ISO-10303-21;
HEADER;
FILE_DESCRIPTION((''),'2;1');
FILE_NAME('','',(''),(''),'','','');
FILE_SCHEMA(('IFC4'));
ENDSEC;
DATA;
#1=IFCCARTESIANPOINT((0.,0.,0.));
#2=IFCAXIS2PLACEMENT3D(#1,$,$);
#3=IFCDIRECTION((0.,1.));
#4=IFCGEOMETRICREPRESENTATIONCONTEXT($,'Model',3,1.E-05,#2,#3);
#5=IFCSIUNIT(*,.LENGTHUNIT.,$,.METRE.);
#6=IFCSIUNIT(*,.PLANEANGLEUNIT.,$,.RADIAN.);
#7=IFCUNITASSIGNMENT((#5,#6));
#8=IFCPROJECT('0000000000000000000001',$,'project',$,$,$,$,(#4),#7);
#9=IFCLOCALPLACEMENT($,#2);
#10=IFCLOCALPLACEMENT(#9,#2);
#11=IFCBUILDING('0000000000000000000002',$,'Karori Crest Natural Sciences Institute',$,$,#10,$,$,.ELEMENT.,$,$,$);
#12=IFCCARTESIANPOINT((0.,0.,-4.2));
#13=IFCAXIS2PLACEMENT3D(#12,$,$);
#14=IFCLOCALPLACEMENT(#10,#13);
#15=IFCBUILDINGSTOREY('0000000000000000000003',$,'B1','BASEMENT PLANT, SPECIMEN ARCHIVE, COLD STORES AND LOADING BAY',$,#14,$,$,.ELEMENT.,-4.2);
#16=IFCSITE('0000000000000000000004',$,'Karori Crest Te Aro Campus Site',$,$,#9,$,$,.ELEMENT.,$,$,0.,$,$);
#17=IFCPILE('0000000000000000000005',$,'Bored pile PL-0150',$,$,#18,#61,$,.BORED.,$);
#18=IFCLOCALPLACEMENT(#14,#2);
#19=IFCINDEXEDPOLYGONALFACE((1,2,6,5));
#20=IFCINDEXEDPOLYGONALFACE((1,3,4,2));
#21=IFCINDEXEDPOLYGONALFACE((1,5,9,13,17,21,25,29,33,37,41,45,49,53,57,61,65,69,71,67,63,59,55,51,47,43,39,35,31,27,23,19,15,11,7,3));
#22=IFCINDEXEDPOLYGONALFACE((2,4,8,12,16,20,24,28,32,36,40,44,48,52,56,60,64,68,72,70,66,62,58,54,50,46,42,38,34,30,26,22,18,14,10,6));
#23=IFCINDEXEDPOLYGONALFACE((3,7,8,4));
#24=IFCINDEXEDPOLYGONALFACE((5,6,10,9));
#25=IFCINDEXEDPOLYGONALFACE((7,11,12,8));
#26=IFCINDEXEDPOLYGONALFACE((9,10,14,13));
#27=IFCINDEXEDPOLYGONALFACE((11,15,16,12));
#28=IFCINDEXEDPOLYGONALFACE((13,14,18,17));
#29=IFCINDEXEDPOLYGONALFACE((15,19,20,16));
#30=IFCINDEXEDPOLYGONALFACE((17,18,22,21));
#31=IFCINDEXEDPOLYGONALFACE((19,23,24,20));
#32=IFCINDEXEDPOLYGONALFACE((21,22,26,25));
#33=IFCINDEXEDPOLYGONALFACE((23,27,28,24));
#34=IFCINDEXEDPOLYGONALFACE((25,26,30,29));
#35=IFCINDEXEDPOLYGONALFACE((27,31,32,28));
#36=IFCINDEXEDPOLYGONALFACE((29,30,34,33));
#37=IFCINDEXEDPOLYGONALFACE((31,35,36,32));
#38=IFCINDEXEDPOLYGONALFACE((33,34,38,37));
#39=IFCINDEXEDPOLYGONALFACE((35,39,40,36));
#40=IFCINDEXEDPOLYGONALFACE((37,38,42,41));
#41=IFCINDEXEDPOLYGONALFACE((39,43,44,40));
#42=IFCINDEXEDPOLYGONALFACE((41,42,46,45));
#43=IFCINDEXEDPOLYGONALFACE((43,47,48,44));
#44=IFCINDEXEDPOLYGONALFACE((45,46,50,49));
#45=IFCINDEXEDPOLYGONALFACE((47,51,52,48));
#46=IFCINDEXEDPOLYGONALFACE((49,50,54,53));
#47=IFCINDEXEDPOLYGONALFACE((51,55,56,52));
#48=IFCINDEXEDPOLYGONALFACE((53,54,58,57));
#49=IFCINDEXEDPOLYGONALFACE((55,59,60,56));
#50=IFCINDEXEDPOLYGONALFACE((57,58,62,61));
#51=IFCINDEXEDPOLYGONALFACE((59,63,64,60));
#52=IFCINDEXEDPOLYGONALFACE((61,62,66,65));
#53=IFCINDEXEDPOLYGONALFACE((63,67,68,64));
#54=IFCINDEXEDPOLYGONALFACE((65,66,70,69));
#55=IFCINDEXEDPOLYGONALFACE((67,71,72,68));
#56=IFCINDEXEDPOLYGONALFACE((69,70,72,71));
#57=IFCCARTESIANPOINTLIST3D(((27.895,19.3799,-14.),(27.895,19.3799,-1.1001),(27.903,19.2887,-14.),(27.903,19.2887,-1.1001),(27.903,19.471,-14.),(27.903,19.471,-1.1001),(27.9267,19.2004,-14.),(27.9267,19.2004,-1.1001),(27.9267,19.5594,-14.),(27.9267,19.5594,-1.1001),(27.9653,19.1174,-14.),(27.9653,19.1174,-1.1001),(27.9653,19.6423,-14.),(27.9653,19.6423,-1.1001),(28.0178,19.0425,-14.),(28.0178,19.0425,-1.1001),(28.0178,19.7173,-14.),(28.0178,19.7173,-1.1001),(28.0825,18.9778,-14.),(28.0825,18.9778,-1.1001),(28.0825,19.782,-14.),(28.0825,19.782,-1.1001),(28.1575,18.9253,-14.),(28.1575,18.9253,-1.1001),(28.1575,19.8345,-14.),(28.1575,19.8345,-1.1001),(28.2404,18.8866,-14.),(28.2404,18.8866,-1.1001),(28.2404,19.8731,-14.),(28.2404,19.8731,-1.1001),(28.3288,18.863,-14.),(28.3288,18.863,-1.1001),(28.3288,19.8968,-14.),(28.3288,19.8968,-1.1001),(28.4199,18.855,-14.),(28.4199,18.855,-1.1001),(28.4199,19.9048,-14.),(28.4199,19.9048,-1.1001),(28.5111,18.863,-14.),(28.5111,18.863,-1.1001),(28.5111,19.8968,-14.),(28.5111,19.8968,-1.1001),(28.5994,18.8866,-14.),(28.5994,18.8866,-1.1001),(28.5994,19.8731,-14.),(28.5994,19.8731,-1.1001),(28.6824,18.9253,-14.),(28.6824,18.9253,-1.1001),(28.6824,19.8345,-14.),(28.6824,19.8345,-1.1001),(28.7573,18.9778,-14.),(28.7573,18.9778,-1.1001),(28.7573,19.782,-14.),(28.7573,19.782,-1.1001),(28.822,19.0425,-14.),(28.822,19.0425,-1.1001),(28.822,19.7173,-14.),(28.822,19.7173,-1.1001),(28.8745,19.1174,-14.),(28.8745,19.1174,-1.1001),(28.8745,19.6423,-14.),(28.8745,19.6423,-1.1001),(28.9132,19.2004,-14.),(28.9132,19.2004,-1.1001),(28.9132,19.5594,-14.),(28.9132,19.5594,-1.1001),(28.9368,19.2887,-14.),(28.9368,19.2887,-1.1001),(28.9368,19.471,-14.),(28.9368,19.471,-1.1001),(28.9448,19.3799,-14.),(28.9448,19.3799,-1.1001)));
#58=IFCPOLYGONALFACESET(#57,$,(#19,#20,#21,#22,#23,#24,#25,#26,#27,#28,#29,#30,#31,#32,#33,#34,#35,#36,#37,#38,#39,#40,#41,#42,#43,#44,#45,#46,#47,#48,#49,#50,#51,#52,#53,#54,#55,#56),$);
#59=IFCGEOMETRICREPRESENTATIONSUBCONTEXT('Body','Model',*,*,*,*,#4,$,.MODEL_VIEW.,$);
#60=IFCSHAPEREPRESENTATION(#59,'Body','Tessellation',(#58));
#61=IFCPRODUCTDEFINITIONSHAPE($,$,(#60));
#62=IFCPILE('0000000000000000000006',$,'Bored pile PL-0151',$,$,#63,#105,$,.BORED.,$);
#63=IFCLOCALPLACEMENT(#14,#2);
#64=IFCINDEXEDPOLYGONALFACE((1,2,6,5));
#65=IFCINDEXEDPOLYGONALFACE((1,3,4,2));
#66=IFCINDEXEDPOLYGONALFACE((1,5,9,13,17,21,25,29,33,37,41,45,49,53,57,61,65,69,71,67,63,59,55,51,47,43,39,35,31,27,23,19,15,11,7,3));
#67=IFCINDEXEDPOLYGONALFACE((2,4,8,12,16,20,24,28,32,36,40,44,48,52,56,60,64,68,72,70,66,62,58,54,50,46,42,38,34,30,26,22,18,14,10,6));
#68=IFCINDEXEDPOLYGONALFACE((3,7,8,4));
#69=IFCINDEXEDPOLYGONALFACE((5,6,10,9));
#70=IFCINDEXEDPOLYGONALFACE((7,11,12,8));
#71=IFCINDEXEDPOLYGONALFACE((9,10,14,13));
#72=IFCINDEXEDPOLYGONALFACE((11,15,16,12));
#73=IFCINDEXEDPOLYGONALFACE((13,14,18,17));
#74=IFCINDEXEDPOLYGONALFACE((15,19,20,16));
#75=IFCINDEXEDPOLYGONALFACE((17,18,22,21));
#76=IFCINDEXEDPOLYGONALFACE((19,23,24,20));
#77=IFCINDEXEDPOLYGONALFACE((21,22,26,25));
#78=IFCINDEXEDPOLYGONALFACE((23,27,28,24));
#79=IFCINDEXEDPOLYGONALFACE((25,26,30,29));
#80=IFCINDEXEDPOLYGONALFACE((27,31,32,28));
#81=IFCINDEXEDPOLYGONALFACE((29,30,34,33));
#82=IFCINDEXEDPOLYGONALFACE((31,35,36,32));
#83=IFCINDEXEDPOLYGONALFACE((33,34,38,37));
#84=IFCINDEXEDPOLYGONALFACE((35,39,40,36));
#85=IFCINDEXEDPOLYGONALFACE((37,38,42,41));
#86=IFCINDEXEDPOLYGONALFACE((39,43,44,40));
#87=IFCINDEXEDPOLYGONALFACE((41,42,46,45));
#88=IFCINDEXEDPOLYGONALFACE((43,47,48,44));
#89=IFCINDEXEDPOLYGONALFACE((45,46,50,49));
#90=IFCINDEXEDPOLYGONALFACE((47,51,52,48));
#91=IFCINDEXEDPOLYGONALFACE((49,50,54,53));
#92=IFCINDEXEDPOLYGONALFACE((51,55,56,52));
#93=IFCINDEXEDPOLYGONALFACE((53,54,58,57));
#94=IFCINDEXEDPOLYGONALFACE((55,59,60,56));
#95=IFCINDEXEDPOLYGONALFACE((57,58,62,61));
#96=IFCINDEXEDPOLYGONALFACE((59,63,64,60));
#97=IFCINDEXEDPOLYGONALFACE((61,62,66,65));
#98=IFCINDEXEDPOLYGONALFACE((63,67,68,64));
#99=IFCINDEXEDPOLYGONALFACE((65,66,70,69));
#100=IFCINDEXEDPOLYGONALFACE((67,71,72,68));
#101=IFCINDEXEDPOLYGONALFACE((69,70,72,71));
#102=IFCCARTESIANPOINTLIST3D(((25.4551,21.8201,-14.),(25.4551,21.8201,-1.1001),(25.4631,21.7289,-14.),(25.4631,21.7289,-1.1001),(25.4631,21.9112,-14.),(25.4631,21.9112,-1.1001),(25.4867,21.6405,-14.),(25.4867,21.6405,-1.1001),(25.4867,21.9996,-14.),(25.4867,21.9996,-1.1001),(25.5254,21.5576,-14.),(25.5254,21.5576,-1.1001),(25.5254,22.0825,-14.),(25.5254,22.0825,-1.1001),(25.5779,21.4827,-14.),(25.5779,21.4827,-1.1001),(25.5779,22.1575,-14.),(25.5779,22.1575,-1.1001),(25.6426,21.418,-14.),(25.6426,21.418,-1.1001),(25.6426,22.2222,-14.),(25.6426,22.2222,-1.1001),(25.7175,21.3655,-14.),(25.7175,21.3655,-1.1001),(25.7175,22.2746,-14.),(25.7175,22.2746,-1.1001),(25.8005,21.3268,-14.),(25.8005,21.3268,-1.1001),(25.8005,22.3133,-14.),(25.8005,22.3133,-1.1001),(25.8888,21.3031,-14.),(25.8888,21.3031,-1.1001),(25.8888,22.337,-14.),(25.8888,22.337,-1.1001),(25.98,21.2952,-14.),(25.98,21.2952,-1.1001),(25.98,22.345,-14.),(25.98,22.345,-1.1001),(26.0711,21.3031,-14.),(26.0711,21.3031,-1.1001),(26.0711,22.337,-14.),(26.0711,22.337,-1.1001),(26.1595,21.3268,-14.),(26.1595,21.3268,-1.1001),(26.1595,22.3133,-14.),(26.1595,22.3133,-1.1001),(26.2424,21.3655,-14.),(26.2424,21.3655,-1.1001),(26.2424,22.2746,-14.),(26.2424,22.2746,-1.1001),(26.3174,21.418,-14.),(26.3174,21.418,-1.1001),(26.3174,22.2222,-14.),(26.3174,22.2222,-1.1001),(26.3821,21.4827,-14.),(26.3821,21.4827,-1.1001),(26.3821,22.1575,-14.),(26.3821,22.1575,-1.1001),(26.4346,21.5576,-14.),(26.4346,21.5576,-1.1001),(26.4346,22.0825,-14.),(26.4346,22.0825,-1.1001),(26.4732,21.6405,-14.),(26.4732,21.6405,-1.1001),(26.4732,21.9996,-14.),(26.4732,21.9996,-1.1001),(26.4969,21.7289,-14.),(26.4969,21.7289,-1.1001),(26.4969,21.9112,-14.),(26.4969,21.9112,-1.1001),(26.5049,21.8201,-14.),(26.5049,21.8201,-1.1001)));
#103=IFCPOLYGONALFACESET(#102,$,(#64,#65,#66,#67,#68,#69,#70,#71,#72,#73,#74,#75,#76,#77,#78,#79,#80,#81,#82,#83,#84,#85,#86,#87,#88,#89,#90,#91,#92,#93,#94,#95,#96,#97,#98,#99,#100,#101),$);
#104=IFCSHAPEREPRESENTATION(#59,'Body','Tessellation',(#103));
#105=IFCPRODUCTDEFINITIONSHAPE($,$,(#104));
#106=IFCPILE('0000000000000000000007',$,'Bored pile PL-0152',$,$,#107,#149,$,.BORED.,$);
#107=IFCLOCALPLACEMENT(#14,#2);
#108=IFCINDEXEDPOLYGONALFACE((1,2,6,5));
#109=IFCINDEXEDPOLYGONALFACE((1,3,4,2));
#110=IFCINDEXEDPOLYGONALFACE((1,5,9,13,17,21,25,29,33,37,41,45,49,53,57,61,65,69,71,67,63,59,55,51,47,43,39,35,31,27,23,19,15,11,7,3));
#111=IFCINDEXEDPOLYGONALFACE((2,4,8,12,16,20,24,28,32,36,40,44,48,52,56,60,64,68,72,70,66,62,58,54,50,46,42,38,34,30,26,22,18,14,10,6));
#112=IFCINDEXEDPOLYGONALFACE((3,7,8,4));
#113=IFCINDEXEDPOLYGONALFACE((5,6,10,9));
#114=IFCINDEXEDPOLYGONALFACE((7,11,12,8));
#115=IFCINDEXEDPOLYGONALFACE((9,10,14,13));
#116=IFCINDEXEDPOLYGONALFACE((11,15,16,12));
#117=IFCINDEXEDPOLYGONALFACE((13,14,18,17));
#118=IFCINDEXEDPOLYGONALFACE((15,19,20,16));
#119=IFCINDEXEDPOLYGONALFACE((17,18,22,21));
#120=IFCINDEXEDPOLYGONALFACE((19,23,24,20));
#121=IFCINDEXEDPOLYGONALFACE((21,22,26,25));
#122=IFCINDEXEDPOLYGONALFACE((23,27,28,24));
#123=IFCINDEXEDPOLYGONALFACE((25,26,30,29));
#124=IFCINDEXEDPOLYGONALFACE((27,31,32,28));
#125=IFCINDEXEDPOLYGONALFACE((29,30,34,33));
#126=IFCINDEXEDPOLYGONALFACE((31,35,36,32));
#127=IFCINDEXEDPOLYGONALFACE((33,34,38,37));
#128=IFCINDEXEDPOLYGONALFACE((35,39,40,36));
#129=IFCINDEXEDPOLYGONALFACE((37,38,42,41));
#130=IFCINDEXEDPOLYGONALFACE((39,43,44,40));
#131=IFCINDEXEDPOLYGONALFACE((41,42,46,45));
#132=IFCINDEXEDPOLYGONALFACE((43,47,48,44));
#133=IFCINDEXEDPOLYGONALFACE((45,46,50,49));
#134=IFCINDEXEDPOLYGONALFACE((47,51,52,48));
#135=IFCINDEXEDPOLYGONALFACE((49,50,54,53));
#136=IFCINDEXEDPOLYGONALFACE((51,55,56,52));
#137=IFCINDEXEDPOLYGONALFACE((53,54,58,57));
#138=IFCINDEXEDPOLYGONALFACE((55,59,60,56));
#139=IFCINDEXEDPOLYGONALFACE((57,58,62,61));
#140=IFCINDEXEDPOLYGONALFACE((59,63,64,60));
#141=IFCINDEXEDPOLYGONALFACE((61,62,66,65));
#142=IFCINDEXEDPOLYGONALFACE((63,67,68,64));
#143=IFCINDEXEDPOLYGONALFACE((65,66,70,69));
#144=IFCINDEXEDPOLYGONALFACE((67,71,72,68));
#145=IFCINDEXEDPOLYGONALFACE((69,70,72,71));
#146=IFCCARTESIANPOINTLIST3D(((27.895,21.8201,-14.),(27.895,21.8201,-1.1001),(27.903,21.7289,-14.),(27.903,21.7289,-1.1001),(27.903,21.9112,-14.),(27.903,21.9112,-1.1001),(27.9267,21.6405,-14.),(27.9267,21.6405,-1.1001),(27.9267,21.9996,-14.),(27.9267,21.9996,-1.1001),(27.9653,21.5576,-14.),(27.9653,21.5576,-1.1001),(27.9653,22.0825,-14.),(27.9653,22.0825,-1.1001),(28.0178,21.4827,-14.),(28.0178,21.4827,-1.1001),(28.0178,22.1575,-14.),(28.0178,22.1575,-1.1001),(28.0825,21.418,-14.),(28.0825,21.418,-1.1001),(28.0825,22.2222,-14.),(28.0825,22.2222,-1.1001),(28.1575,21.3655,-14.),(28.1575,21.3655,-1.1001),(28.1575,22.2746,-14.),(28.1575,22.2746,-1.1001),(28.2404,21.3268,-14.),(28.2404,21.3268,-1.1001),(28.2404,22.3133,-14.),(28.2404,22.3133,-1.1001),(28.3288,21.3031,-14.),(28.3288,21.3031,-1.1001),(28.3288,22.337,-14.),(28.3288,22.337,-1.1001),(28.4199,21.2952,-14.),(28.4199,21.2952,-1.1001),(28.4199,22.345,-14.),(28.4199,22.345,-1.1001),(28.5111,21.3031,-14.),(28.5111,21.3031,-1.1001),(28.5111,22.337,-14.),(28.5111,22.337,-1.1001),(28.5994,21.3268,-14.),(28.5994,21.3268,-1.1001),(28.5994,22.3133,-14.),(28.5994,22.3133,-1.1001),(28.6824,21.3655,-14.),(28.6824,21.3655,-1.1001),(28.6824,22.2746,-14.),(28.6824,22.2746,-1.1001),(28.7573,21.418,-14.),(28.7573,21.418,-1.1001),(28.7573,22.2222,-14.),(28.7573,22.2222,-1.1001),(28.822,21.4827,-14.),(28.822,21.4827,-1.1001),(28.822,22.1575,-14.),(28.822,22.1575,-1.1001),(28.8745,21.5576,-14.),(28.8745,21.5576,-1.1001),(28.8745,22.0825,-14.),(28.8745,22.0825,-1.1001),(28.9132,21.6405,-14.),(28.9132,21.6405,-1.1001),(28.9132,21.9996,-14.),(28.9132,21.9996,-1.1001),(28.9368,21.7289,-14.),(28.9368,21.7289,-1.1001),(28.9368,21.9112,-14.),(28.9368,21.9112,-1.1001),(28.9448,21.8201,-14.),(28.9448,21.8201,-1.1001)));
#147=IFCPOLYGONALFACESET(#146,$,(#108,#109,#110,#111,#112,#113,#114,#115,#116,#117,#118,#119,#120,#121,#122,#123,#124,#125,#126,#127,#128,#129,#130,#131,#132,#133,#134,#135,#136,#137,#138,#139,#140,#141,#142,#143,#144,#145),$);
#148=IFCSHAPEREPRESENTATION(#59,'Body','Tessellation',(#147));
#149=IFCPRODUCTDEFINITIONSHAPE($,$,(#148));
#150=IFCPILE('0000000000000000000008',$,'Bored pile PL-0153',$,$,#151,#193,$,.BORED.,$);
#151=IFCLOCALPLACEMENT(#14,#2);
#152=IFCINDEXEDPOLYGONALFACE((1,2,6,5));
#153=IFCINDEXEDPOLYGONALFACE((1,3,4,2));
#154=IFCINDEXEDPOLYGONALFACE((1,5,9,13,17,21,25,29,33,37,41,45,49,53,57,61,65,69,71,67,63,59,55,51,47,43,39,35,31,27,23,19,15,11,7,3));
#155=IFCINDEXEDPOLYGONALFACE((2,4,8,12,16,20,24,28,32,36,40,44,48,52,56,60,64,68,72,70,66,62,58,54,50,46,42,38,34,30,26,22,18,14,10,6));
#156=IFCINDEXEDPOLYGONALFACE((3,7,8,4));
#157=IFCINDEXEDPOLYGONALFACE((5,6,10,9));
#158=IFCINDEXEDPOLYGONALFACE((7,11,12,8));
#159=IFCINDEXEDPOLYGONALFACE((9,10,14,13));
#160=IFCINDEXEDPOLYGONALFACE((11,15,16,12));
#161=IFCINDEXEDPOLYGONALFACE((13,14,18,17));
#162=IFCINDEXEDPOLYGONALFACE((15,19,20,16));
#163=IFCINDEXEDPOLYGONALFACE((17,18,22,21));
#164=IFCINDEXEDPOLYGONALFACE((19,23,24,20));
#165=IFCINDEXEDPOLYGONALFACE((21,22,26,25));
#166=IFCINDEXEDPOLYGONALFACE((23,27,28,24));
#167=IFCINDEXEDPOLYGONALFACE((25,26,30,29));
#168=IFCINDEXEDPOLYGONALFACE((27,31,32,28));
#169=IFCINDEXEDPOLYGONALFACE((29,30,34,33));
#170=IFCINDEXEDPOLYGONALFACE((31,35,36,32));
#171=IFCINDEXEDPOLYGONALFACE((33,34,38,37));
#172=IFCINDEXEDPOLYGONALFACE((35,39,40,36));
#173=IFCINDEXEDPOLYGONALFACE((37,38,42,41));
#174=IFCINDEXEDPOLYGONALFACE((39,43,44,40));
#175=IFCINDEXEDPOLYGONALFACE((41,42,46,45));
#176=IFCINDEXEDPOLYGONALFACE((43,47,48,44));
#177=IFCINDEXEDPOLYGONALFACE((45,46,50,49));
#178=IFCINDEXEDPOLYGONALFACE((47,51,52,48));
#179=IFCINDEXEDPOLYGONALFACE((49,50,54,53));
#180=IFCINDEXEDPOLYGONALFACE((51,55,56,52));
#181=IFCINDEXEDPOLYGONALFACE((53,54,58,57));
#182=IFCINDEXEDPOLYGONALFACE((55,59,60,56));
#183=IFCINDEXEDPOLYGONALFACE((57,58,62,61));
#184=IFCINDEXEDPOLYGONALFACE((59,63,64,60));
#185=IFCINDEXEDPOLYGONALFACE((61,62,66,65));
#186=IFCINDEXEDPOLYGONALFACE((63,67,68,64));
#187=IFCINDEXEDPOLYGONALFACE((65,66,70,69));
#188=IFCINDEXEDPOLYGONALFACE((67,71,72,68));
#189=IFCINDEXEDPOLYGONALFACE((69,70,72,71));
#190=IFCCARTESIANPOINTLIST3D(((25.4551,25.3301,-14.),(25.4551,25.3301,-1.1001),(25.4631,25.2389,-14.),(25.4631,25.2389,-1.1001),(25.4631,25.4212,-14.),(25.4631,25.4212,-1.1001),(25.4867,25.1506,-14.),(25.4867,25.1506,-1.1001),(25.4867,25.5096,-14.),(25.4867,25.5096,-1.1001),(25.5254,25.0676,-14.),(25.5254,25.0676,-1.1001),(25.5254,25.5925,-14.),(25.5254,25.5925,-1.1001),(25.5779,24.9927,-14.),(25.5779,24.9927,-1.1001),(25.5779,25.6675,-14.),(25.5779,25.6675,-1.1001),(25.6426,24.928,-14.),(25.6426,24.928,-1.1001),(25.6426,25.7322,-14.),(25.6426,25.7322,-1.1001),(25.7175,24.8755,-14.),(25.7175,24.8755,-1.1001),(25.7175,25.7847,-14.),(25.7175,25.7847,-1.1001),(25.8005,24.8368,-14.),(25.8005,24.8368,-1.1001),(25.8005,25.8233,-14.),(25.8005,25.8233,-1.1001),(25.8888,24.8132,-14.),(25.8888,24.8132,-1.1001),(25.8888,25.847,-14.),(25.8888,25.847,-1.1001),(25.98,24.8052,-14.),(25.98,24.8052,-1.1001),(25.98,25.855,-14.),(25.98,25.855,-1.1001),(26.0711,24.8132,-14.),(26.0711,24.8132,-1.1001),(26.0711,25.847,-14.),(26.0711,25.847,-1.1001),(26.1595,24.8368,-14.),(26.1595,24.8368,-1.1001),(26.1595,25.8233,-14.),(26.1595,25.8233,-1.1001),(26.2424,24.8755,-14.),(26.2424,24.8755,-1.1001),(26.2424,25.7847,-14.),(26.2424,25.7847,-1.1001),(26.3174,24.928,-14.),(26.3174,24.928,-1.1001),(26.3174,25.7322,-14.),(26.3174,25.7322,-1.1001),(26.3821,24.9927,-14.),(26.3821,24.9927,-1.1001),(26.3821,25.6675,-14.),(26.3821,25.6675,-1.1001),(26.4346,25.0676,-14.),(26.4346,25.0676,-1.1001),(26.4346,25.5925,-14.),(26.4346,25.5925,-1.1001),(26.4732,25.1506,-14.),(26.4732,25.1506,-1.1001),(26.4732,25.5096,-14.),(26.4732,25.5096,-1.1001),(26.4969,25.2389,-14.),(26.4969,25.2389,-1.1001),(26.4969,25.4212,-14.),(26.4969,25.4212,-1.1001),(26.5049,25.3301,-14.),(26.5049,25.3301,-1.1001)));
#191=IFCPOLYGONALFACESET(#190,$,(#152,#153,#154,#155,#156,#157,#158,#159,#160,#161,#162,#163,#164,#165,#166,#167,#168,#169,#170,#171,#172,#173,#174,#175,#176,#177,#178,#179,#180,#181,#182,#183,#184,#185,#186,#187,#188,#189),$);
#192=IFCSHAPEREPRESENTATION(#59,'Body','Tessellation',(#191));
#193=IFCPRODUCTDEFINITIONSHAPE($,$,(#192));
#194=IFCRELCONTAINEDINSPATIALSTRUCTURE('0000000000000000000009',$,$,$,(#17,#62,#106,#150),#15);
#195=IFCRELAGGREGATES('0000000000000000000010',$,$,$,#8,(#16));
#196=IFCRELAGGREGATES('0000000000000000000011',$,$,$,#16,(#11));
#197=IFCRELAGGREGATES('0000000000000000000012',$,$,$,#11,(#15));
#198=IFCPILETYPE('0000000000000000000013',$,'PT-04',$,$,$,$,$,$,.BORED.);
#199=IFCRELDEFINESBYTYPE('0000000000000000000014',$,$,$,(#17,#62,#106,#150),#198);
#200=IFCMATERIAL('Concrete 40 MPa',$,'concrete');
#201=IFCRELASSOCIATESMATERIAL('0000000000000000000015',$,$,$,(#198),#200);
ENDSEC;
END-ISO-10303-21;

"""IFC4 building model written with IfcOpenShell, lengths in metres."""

from ifc_helpers import new_model, si_unit, direction, frame, origin, origin_2d, place, context, subcontext, project, spatial, circle, extrude, material, material_profile, profile_set, type_object, element, save


model = new_model("IFC4")

# Units and contexts
model_context = context("Model", 3, precision=1e-05, world=origin(), true_north=direction((0.0, 1.0)))
body_context = subcontext(model_context, "Body", "Model", "MODEL_VIEW")
ifc_project = project(units=[si_unit("LENGTHUNIT", "METRE"), si_unit("PLANEANGLEUNIT", "RADIAN")], contexts=[model_context])

# Site, building, storey
site_placement = place(None, origin())
site = spatial("IfcSite", under=ifc_project, at=site_placement, Name="Karori Crest Te Aro Campus Site", CompositionType="ELEMENT", RefElevation=0.0)
building_placement = place(site_placement, origin())
building = spatial("IfcBuilding", under=site, at=building_placement, Name="Karori Crest Natural Sciences Institute", CompositionType="ELEMENT")
storey_placement = place(building_placement, frame((0.0, 0.0, -4.2)))
storey = spatial("IfcBuildingStorey", under=building, at=storey_placement, Name="B1", Description="BASEMENT PLANT, SPECIMEN ARCHIVE, COLD STORES AND LOADING BAY", CompositionType="ELEMENT", Elevation=-4.2)

# Shared definitions
ifc_material_1 = material(Name="Concrete 40 MPa", Category="concrete")

# Piles
ifc_material_profile_1 = material_profile(ifc_material_1, circle(Radius=0.5249, at=origin_2d()), Name="PILE1050")
ifc_profile_set_1 = profile_set([ifc_material_profile_1], Name="Concrete 40 MPa")
pile_type_1 = type_object("IfcPileType", Name="PT-04", PredefinedType="BORED", material=ifc_profile_set_1)
for number, where, z_axis, x_axis, name in (
    (1, (28.4199, 19.3799, -1.1001), (0.0, 0.0, -1.0), (1.0, 0.0, 0.0), "Bored pile PL-0150"),
    (2, (25.98, 21.8201, -1.1001), (0.0, 0.0, -1.0), (1.0, 0.0, 0.0), "Bored pile PL-0151"),
    (3, (28.4199, 21.8201, -1.1001), (0.0, 0.0, -1.0), (1.0, 0.0, 0.0), "Bored pile PL-0152"),
    (4, (25.98, 25.3301, -1.1001), (0.0, 0.0, -1.0), (1.0, 0.0, 0.0), "Bored pile PL-0153"),
):
    element("IfcPile", number, at=place(storey_placement, frame(where, z_axis=z_axis, x_axis=x_axis)), inside=storey, type_object=pile_type_1, Name=name, PredefinedType="BORED", context=body_context, shape_type="SweptSolid", body=[
        extrude(circle(Radius=0.5249, at=origin_2d()), origin(), (0.0, 0.0, 1.0), 12.8999),
    ])

save(model, "model.ifc")
